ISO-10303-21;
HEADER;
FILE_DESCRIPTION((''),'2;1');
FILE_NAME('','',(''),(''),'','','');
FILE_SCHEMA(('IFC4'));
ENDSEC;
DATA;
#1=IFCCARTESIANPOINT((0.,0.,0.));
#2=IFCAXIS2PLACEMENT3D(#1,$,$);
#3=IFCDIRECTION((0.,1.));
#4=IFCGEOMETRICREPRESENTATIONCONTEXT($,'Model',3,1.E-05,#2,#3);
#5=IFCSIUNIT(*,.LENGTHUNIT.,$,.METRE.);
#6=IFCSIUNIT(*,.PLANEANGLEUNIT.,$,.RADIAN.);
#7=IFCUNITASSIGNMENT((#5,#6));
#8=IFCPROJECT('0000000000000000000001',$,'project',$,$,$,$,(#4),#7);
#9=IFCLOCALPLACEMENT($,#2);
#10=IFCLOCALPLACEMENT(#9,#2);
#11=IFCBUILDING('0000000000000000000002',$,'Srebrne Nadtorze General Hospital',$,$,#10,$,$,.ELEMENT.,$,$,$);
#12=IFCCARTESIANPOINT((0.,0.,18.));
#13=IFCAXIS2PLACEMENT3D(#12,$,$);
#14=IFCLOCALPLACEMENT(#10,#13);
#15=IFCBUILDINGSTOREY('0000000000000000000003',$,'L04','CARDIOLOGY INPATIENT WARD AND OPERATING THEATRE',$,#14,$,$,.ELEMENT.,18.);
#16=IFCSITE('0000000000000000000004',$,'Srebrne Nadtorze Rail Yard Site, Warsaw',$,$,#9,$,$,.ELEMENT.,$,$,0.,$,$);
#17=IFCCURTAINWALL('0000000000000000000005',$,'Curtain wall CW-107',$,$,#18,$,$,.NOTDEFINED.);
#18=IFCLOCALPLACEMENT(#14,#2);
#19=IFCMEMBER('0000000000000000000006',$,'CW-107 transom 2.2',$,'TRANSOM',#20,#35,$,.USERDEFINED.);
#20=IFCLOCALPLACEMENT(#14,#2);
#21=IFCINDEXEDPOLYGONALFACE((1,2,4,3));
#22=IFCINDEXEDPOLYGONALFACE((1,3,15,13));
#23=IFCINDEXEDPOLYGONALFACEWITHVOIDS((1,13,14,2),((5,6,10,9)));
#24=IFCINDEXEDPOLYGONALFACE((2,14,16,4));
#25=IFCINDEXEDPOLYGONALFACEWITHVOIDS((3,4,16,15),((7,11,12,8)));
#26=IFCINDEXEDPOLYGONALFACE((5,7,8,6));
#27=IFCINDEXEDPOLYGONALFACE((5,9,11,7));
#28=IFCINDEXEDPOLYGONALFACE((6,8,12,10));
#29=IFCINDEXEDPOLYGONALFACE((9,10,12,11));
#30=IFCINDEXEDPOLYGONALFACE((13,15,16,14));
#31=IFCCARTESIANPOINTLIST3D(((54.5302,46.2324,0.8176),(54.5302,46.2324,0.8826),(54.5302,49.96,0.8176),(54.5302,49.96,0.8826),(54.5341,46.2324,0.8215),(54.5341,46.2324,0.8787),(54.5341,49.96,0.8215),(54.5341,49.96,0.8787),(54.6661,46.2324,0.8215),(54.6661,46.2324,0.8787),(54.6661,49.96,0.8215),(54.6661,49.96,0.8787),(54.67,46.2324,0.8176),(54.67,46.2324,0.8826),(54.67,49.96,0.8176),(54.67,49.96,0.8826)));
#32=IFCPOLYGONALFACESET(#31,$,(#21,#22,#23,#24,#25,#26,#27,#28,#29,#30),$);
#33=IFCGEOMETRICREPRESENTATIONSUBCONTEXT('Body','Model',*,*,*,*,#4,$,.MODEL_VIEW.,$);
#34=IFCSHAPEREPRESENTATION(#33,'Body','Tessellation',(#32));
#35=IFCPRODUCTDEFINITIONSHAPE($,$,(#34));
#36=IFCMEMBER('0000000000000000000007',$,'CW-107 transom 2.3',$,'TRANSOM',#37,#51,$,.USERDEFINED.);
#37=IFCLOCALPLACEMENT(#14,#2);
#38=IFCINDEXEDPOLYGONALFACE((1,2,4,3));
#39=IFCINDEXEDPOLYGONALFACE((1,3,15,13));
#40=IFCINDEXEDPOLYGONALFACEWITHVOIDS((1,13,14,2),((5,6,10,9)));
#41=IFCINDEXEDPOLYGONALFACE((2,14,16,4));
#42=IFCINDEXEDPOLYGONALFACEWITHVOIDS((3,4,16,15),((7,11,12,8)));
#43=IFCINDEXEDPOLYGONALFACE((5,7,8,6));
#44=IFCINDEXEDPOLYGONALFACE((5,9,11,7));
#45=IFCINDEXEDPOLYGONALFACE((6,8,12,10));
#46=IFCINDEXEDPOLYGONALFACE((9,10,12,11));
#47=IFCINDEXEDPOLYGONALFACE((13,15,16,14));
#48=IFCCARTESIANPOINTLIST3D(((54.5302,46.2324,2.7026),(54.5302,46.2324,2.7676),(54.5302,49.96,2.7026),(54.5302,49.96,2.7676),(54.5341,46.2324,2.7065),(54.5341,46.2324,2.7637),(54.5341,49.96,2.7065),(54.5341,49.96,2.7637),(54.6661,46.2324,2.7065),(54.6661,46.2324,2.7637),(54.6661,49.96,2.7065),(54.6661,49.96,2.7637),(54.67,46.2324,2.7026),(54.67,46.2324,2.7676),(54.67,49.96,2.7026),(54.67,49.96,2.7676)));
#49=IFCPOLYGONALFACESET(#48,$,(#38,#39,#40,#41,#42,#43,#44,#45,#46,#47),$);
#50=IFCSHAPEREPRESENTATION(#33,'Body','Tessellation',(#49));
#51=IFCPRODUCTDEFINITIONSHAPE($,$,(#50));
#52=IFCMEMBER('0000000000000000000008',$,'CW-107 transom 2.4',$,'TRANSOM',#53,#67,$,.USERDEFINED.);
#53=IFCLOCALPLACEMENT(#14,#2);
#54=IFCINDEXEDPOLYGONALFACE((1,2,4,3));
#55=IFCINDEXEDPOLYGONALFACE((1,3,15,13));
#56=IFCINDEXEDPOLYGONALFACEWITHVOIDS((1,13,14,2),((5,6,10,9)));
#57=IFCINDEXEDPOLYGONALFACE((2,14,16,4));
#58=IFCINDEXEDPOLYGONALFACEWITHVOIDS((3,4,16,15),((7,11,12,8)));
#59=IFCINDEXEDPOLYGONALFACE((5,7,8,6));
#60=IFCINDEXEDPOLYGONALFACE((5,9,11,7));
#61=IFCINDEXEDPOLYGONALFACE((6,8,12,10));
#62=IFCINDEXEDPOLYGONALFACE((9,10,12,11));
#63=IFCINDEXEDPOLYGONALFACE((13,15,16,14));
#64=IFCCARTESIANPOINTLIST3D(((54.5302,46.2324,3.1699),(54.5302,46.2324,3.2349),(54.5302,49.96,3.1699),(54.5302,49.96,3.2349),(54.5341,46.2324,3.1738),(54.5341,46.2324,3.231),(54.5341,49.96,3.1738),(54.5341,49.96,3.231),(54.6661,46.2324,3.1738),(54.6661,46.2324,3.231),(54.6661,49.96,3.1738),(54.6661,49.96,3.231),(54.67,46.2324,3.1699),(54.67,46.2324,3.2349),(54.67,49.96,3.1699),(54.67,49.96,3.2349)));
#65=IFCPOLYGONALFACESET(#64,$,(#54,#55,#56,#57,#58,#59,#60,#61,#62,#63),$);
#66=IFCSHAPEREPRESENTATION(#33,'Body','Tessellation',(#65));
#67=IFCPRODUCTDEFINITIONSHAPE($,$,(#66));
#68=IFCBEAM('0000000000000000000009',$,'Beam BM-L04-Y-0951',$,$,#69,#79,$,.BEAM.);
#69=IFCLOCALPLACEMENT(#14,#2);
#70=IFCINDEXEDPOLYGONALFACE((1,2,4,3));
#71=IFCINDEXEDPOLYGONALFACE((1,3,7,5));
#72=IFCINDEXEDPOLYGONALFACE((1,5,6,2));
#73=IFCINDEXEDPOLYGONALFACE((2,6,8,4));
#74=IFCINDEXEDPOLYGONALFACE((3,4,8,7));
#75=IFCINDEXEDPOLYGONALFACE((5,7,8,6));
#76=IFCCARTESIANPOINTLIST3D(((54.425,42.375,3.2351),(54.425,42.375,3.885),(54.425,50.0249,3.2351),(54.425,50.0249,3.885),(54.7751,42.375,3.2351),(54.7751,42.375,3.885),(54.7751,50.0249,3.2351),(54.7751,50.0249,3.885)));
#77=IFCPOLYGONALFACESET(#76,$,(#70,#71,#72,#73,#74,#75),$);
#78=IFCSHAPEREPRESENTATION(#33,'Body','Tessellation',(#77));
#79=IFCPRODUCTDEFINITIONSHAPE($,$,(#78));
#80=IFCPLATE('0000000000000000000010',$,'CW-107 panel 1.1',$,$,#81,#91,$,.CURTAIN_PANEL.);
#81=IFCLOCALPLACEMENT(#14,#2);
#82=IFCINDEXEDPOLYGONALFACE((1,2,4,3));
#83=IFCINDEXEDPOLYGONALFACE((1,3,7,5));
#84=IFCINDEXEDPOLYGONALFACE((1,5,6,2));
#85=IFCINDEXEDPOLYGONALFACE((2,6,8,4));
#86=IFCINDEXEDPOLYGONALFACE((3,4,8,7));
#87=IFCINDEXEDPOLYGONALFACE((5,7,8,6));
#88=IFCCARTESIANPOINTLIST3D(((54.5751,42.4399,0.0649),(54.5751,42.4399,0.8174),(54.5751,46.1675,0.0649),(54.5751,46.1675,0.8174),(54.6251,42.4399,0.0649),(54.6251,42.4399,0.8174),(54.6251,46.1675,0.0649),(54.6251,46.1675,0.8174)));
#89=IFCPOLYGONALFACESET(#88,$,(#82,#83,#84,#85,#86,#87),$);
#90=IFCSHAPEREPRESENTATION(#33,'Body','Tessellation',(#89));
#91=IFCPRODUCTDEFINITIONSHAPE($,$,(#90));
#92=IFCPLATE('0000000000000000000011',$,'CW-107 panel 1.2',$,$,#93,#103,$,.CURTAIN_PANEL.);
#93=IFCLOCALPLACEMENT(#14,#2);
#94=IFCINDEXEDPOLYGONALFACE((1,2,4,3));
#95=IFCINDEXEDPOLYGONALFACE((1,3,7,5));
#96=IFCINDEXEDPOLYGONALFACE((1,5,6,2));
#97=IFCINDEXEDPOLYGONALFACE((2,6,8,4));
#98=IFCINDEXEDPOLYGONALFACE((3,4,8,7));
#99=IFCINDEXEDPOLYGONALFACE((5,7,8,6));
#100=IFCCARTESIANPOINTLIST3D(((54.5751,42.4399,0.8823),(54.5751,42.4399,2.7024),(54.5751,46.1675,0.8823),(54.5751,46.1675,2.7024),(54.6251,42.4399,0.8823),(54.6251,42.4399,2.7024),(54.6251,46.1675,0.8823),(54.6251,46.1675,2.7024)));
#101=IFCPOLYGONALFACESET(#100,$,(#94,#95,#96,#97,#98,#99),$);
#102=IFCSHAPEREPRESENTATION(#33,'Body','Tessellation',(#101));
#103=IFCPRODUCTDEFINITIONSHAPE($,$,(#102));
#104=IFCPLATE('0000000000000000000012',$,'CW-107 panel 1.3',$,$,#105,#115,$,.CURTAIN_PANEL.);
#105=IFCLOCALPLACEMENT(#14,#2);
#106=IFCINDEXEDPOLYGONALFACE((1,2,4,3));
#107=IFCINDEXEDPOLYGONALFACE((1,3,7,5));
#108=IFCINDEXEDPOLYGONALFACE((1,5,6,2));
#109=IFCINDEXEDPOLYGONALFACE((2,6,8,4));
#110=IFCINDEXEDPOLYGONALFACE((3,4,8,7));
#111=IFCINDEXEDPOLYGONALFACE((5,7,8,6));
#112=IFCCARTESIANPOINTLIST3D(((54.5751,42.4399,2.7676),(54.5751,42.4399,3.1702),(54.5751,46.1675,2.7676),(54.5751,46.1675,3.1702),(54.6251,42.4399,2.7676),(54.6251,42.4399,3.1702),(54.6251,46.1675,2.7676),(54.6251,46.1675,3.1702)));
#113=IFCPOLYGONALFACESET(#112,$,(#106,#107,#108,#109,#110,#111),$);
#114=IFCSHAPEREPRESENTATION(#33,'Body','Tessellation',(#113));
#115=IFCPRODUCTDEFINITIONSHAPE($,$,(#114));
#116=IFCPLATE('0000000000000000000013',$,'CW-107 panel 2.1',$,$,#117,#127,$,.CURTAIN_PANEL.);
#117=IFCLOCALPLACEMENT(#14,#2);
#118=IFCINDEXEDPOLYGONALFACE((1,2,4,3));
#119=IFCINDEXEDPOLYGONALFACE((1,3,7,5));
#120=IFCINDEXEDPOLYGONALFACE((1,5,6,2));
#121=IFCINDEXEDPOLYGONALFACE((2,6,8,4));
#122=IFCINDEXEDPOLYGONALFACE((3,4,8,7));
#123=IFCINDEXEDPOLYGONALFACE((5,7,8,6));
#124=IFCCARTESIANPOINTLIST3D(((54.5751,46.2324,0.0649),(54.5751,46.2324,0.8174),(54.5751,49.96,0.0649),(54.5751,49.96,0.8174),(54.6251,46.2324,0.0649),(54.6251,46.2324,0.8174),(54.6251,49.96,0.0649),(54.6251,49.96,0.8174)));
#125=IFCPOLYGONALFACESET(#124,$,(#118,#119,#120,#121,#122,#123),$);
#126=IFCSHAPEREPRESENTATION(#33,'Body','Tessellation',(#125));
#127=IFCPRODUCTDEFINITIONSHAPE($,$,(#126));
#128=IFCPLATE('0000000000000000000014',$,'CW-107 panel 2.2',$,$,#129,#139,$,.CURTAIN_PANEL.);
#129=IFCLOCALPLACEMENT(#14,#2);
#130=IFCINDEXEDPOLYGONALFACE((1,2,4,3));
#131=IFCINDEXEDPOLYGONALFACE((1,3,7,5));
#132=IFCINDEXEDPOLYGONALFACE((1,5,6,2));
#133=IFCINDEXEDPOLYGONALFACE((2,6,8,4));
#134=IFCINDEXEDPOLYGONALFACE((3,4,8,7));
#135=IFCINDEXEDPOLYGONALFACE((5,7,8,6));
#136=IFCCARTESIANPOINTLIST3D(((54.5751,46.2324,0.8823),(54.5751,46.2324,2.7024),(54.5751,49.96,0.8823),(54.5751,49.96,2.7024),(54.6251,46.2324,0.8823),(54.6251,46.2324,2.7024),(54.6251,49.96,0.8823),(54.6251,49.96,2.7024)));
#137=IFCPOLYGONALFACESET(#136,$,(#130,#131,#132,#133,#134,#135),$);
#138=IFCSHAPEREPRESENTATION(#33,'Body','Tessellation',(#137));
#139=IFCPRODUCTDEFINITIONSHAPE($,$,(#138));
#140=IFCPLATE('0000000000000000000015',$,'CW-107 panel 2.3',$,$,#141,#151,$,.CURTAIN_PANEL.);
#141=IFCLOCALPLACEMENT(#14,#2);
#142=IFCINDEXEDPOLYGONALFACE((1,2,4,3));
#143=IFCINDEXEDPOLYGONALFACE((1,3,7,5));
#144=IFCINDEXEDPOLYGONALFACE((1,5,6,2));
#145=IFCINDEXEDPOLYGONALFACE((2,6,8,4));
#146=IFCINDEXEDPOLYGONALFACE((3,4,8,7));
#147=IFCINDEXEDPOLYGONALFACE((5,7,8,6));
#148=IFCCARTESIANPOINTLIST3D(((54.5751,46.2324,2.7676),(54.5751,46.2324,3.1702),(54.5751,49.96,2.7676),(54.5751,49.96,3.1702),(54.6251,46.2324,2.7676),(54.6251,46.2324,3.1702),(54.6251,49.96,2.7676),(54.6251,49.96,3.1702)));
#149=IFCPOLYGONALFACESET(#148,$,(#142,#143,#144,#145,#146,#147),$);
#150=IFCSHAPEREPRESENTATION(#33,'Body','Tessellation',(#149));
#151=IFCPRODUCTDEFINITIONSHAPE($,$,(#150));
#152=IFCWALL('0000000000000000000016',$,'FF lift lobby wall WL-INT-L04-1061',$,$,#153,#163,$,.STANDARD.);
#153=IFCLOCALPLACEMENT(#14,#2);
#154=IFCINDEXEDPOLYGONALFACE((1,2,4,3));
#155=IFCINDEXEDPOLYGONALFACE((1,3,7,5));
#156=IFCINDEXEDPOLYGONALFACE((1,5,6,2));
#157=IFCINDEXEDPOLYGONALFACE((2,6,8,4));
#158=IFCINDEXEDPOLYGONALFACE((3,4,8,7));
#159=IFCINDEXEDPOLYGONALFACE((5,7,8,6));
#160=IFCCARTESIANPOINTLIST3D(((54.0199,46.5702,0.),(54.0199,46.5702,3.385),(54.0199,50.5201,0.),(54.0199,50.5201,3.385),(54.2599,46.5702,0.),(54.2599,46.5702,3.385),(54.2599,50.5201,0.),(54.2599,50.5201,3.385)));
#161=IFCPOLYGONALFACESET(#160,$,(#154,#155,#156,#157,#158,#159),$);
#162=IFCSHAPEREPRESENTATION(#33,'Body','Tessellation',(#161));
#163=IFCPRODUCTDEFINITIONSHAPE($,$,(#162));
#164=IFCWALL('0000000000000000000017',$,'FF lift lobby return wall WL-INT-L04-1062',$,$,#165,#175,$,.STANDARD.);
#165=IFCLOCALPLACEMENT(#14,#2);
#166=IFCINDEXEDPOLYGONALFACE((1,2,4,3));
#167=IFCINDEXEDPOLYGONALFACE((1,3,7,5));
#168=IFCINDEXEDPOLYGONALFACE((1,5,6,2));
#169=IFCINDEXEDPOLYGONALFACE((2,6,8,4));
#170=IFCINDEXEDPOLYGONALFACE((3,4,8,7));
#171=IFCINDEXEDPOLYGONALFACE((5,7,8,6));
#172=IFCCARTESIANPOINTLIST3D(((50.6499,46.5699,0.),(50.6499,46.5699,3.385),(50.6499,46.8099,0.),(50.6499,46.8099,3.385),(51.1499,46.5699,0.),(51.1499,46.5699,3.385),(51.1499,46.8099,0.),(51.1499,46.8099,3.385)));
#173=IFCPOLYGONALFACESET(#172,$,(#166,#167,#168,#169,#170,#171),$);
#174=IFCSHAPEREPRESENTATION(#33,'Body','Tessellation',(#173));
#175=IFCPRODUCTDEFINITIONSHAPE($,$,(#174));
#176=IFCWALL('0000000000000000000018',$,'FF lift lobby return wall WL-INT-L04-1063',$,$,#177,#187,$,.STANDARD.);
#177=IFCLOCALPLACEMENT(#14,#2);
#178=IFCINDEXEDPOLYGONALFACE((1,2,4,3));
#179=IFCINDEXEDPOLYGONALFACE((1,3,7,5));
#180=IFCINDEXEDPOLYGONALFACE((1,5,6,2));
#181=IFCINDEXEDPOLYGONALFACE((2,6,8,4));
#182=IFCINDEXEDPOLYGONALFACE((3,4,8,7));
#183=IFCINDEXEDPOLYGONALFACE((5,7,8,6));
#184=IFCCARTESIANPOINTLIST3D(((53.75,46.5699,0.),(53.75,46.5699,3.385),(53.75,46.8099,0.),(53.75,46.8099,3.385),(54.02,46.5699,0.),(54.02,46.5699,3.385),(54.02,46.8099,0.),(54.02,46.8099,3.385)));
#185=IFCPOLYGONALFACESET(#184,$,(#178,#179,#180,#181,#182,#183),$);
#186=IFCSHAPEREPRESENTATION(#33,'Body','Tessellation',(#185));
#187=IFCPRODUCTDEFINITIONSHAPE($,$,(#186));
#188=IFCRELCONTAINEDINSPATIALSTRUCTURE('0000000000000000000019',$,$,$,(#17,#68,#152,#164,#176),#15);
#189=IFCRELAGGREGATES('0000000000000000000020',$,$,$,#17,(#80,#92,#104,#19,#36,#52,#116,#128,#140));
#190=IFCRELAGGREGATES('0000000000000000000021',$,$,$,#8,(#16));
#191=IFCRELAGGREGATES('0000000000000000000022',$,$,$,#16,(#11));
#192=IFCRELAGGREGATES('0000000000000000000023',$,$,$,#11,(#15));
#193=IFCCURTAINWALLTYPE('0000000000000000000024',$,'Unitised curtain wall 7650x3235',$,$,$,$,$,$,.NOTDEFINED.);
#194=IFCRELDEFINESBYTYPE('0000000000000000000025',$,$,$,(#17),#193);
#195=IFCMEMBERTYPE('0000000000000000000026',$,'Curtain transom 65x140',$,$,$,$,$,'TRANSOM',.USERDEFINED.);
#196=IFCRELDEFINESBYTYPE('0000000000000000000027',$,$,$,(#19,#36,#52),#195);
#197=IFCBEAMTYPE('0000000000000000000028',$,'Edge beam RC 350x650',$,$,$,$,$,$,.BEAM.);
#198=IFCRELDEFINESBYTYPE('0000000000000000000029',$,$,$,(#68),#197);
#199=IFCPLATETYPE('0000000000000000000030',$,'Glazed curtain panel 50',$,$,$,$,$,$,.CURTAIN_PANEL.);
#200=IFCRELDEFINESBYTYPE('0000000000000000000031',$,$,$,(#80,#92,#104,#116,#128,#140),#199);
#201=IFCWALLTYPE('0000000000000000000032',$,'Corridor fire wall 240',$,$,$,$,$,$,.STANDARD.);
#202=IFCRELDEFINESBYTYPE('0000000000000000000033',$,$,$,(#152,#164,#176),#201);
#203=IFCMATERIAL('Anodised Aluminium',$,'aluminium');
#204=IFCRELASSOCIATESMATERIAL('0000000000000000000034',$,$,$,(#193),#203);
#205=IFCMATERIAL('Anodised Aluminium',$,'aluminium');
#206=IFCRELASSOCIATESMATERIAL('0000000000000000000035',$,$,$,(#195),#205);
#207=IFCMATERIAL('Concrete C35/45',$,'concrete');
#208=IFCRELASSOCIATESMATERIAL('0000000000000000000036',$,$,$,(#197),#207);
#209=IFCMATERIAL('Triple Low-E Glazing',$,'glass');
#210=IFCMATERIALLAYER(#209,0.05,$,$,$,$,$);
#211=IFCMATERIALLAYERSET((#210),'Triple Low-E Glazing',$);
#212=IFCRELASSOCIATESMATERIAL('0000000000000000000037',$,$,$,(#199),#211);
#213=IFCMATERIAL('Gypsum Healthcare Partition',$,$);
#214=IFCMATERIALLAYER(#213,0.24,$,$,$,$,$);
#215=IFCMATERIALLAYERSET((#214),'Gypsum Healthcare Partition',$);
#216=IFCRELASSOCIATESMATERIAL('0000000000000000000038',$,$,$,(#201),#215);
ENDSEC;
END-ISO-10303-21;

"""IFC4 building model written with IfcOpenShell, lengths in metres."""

from ifc_helpers import new_model, si_unit, direction, frame, frame_2d, origin, origin_2d, place, context, subcontext, project, spatial, rectangle, hollow_rectangle, extrude, material, layer, layer_set, material_profile, profile_set, type_object, element, aggregate, save


model = new_model("IFC4")

# Units and contexts
model_context = context("Model", 3, precision=1e-05, world=origin(), true_north=direction((0.0, 1.0)))
body_context = subcontext(model_context, "Body", "Model", "MODEL_VIEW")
ifc_project = project(units=[si_unit("LENGTHUNIT", "METRE"), si_unit("PLANEANGLEUNIT", "RADIAN")], contexts=[model_context])

# Site, building, storey
site_placement = place(None, origin())
site = spatial("IfcSite", under=ifc_project, at=site_placement, Name="Srebrne Nadtorze Rail Yard Site, Warsaw", CompositionType="ELEMENT", RefElevation=0.0)
building_placement = place(site_placement, origin())
building = spatial("IfcBuilding", under=site, at=building_placement, Name="Srebrne Nadtorze General Hospital", CompositionType="ELEMENT")
storey_placement = place(building_placement, frame((0.0, 0.0, 18.0)))
storey = spatial("IfcBuildingStorey", under=building, at=storey_placement, Name="L04", Description="CARDIOLOGY INPATIENT WARD AND OPERATING THEATRE", CompositionType="ELEMENT", Elevation=18.0)

# Shared definitions
ifc_material_1 = material(Name="Anodised Aluminium", Category="aluminium")
curtain_wall_type = type_object("IfcCurtainWallType", Name="Unitised curtain wall 7650x3235", PredefinedType="NOTDEFINED", material=ifc_material_1)

# Curtain wall, members
curtain_wall_1_placement = place(storey_placement, origin())
curtain_wall_1 = element("IfcCurtainWall", 1, at=curtain_wall_1_placement, inside=storey, type_object=curtain_wall_type, Name="Curtain wall CW-107", PredefinedType="NOTDEFINED")
ifc_material_2 = material(Name="Anodised Aluminium", Category="aluminium")
ifc_material_profile_1 = material_profile(ifc_material_2, hollow_rectangle(XDim=0.0649, YDim=0.1399, WallThickness=0.0039, at=origin_2d()), Name="AL-TRN-65x140")
ifc_profile_set_1 = profile_set([ifc_material_profile_1], Name="Anodised Aluminium")
member_type_1 = type_object("IfcMemberType", Name="Curtain transom 65x140", ElementType="TRANSOM", PredefinedType="USERDEFINED", material=ifc_profile_set_1)
member_1_placement = place(storey_placement, frame((54.6001, 46.2324, 0.8501), z_axis=(0.0, 1.0, 0.0), x_axis=(0.0, 0.0, 1.0)))
member_1 = element("IfcMember", 2, at=member_1_placement, type_object=member_type_1, Name="CW-107 transom 2.2", ObjectType="TRANSOM", PredefinedType="USERDEFINED", context=body_context, shape_type="SweptSolid", body=[
    extrude(hollow_rectangle(XDim=0.0649, YDim=0.1399, WallThickness=0.0039, at=origin_2d()), origin(), (0.0, 0.0, 1.0), 3.7275),
])
member_2_placement = place(storey_placement, frame((54.6001, 46.2324, 2.7351), z_axis=(0.0, 1.0, 0.0), x_axis=(0.0, 0.0, 1.0)))
member_2 = element("IfcMember", 3, at=member_2_placement, type_object=member_type_1, Name="CW-107 transom 2.3", ObjectType="TRANSOM", PredefinedType="USERDEFINED", context=body_context, shape_type="SweptSolid", body=[
    extrude(hollow_rectangle(XDim=0.0649, YDim=0.1399, WallThickness=0.0039, at=origin_2d()), origin(), (0.0, 0.0, 1.0), 3.7275),
])
member_3_placement = place(storey_placement, frame((54.6001, 46.2324, 3.2024), z_axis=(0.0, 1.0, 0.0), x_axis=(0.0, 0.0, 1.0)))
member_3 = element("IfcMember", 4, at=member_3_placement, type_object=member_type_1, Name="CW-107 transom 2.4", ObjectType="TRANSOM", PredefinedType="USERDEFINED", context=body_context, shape_type="SweptSolid", body=[
    extrude(hollow_rectangle(XDim=0.0649, YDim=0.1399, WallThickness=0.0039, at=origin_2d()), origin(), (0.0, 0.0, 1.0), 3.7275),
])

# Beam
ifc_material_3 = material(Name="Concrete C35/45", Category="concrete")
ifc_material_profile_2 = material_profile(ifc_material_3, rectangle(XDim=0.3501, YDim=0.6499, at=origin_2d()), Name="RC-BM-350x650")
ifc_profile_set_2 = profile_set([ifc_material_profile_2], Name="Concrete C35/45")
beam_type = type_object("IfcBeamType", Name="Edge beam RC 350x650", PredefinedType="BEAM", material=ifc_profile_set_2)
beam_placement = place(storey_placement, frame((54.6001, 42.375, 3.5601), z_axis=(0.0, 1.0, 0.0), x_axis=(-1.0, 0.0, 0.0)))
element("IfcBeam", 5, at=beam_placement, inside=storey, type_object=beam_type, Name="Beam BM-L04-Y-0951", PredefinedType="BEAM", context=body_context, shape_type="SweptSolid", body=[
    extrude(rectangle(XDim=0.3501, YDim=0.6499, at=origin_2d()), origin(), (0.0, 0.0, 1.0), 7.6499),
])

# Plates
ifc_material_4 = material(Name="Triple Low-E Glazing", Category="glass")
ifc_layer_1 = layer(ifc_material_4, 0.05)
ifc_layer_set_1 = layer_set([ifc_layer_1], Name="Triple Low-E Glazing")
plate_type = type_object("IfcPlateType", Name="Glazed curtain panel 50", PredefinedType="CURTAIN_PANEL", material=ifc_layer_set_1)
plate_1_placement = place(storey_placement, frame((54.6001, 44.3037, 0.0649), z_axis=(0.0, 0.0, 1.0), x_axis=(0.0, 1.0, 0.0)))
plate_1 = element("IfcPlate", 6, at=plate_1_placement, type_object=plate_type, Name="CW-107 panel 1.1", PredefinedType="CURTAIN_PANEL", context=body_context, shape_type="SweptSolid", body=[
    extrude(rectangle(XDim=3.7275, YDim=0.05, at=origin_2d()), origin(), (0.0, 0.0, 1.0), 0.7524),
])
plate_2_placement = place(storey_placement, frame((54.6001, 44.3037, 0.8823), z_axis=(0.0, 0.0, 1.0), x_axis=(0.0, 1.0, 0.0)))
plate_2 = element("IfcPlate", 7, at=plate_2_placement, type_object=plate_type, Name="CW-107 panel 1.2", PredefinedType="CURTAIN_PANEL", context=body_context, shape_type="SweptSolid", body=[
    extrude(rectangle(XDim=3.7275, YDim=0.05, at=origin_2d()), origin(), (0.0, 0.0, 1.0), 1.8201),
])
plate_3_placement = place(storey_placement, frame((54.6001, 44.3037, 2.7676), z_axis=(0.0, 0.0, 1.0), x_axis=(0.0, 1.0, 0.0)))
plate_3 = element("IfcPlate", 8, at=plate_3_placement, type_object=plate_type, Name="CW-107 panel 1.3", PredefinedType="CURTAIN_PANEL", context=body_context, shape_type="SweptSolid", body=[
    extrude(rectangle(XDim=3.7275, YDim=0.05, at=origin_2d()), origin(), (0.0, 0.0, 1.0), 0.4026),
])
plate_4_placement = place(storey_placement, frame((54.6001, 48.0962, 0.0649), z_axis=(0.0, 0.0, 1.0), x_axis=(0.0, 1.0, 0.0)))
plate_4 = element("IfcPlate", 9, at=plate_4_placement, type_object=plate_type, Name="CW-107 panel 2.1", PredefinedType="CURTAIN_PANEL", context=body_context, shape_type="SweptSolid", body=[
    extrude(rectangle(XDim=3.7275, YDim=0.05, at=origin_2d()), origin(), (0.0, 0.0, 1.0), 0.7524),
])
plate_5_placement = place(storey_placement, frame((54.6001, 48.0962, 0.8823), z_axis=(0.0, 0.0, 1.0), x_axis=(0.0, 1.0, 0.0)))
plate_5 = element("IfcPlate", 10, at=plate_5_placement, type_object=plate_type, Name="CW-107 panel 2.2", PredefinedType="CURTAIN_PANEL", context=body_context, shape_type="SweptSolid", body=[
    extrude(rectangle(XDim=3.7275, YDim=0.05, at=origin_2d()), origin(), (0.0, 0.0, 1.0), 1.8201),
])
plate_6_placement = place(storey_placement, frame((54.6001, 48.0962, 2.7676), z_axis=(0.0, 0.0, 1.0), x_axis=(0.0, 1.0, 0.0)))
plate_6 = element("IfcPlate", 11, at=plate_6_placement, type_object=plate_type, Name="CW-107 panel 2.3", PredefinedType="CURTAIN_PANEL", context=body_context, shape_type="SweptSolid", body=[
    extrude(rectangle(XDim=3.7275, YDim=0.05, at=origin_2d()), origin(), (0.0, 0.0, 1.0), 0.4026),
])
aggregate(curtain_wall_1, [plate_1, plate_2, plate_3, member_1, member_2, member_3, plate_4, plate_5, plate_6])

# Walls
ifc_material_5 = material(Name="Gypsum Healthcare Partition")
ifc_layer_2 = layer(ifc_material_5, 0.24)
ifc_layer_set_2 = layer_set([ifc_layer_2], Name="Gypsum Healthcare Partition")
wall_type_1 = type_object("IfcWallType", Name="Corridor fire wall 240", PredefinedType="STANDARD", material=ifc_layer_set_2)
wall_1_placement = place(storey_placement, frame((54.1399, 46.5701, 0.0), z_axis=(0.0, 0.0, 1.0), x_axis=(0.0, 1.0, 0.0)))
element("IfcWall", 12, at=wall_1_placement, inside=storey, type_object=wall_type_1, Name="FF lift lobby wall WL-INT-L04-1061", PredefinedType="STANDARD", context=body_context, shape_type="SweptSolid", body=[
    extrude(rectangle(XDim=3.95, YDim=0.24, at=frame_2d((1.9751, 0.0))), origin(), (0.0, 0.0, 1.0), 3.385),
])
wall_2_placement = place(storey_placement, frame((50.6499, 46.6899, 0.0), z_axis=(0.0, 0.0, 1.0), x_axis=(1.0, 0.0, 0.0)))
element("IfcWall", 13, at=wall_2_placement, inside=storey, type_object=wall_type_1, Name="FF lift lobby return wall WL-INT-L04-1062", PredefinedType="STANDARD", context=body_context, shape_type="SweptSolid", body=[
    extrude(rectangle(XDim=0.5, YDim=0.24, at=frame_2d((0.25, 0.0))), origin(), (0.0, 0.0, 1.0), 3.385),
])
wall_3_placement = place(storey_placement, frame((53.75, 46.6899, 0.0), z_axis=(0.0, 0.0, 1.0), x_axis=(1.0, 0.0, 0.0)))
element("IfcWall", 14, at=wall_3_placement, inside=storey, type_object=wall_type_1, Name="FF lift lobby return wall WL-INT-L04-1063", PredefinedType="STANDARD", context=body_context, shape_type="SweptSolid", body=[
    extrude(rectangle(XDim=0.27, YDim=0.24, at=frame_2d((0.135, 0.0))), origin(), (0.0, 0.0, 1.0), 3.385),
])

save(model, "model.ifc")
